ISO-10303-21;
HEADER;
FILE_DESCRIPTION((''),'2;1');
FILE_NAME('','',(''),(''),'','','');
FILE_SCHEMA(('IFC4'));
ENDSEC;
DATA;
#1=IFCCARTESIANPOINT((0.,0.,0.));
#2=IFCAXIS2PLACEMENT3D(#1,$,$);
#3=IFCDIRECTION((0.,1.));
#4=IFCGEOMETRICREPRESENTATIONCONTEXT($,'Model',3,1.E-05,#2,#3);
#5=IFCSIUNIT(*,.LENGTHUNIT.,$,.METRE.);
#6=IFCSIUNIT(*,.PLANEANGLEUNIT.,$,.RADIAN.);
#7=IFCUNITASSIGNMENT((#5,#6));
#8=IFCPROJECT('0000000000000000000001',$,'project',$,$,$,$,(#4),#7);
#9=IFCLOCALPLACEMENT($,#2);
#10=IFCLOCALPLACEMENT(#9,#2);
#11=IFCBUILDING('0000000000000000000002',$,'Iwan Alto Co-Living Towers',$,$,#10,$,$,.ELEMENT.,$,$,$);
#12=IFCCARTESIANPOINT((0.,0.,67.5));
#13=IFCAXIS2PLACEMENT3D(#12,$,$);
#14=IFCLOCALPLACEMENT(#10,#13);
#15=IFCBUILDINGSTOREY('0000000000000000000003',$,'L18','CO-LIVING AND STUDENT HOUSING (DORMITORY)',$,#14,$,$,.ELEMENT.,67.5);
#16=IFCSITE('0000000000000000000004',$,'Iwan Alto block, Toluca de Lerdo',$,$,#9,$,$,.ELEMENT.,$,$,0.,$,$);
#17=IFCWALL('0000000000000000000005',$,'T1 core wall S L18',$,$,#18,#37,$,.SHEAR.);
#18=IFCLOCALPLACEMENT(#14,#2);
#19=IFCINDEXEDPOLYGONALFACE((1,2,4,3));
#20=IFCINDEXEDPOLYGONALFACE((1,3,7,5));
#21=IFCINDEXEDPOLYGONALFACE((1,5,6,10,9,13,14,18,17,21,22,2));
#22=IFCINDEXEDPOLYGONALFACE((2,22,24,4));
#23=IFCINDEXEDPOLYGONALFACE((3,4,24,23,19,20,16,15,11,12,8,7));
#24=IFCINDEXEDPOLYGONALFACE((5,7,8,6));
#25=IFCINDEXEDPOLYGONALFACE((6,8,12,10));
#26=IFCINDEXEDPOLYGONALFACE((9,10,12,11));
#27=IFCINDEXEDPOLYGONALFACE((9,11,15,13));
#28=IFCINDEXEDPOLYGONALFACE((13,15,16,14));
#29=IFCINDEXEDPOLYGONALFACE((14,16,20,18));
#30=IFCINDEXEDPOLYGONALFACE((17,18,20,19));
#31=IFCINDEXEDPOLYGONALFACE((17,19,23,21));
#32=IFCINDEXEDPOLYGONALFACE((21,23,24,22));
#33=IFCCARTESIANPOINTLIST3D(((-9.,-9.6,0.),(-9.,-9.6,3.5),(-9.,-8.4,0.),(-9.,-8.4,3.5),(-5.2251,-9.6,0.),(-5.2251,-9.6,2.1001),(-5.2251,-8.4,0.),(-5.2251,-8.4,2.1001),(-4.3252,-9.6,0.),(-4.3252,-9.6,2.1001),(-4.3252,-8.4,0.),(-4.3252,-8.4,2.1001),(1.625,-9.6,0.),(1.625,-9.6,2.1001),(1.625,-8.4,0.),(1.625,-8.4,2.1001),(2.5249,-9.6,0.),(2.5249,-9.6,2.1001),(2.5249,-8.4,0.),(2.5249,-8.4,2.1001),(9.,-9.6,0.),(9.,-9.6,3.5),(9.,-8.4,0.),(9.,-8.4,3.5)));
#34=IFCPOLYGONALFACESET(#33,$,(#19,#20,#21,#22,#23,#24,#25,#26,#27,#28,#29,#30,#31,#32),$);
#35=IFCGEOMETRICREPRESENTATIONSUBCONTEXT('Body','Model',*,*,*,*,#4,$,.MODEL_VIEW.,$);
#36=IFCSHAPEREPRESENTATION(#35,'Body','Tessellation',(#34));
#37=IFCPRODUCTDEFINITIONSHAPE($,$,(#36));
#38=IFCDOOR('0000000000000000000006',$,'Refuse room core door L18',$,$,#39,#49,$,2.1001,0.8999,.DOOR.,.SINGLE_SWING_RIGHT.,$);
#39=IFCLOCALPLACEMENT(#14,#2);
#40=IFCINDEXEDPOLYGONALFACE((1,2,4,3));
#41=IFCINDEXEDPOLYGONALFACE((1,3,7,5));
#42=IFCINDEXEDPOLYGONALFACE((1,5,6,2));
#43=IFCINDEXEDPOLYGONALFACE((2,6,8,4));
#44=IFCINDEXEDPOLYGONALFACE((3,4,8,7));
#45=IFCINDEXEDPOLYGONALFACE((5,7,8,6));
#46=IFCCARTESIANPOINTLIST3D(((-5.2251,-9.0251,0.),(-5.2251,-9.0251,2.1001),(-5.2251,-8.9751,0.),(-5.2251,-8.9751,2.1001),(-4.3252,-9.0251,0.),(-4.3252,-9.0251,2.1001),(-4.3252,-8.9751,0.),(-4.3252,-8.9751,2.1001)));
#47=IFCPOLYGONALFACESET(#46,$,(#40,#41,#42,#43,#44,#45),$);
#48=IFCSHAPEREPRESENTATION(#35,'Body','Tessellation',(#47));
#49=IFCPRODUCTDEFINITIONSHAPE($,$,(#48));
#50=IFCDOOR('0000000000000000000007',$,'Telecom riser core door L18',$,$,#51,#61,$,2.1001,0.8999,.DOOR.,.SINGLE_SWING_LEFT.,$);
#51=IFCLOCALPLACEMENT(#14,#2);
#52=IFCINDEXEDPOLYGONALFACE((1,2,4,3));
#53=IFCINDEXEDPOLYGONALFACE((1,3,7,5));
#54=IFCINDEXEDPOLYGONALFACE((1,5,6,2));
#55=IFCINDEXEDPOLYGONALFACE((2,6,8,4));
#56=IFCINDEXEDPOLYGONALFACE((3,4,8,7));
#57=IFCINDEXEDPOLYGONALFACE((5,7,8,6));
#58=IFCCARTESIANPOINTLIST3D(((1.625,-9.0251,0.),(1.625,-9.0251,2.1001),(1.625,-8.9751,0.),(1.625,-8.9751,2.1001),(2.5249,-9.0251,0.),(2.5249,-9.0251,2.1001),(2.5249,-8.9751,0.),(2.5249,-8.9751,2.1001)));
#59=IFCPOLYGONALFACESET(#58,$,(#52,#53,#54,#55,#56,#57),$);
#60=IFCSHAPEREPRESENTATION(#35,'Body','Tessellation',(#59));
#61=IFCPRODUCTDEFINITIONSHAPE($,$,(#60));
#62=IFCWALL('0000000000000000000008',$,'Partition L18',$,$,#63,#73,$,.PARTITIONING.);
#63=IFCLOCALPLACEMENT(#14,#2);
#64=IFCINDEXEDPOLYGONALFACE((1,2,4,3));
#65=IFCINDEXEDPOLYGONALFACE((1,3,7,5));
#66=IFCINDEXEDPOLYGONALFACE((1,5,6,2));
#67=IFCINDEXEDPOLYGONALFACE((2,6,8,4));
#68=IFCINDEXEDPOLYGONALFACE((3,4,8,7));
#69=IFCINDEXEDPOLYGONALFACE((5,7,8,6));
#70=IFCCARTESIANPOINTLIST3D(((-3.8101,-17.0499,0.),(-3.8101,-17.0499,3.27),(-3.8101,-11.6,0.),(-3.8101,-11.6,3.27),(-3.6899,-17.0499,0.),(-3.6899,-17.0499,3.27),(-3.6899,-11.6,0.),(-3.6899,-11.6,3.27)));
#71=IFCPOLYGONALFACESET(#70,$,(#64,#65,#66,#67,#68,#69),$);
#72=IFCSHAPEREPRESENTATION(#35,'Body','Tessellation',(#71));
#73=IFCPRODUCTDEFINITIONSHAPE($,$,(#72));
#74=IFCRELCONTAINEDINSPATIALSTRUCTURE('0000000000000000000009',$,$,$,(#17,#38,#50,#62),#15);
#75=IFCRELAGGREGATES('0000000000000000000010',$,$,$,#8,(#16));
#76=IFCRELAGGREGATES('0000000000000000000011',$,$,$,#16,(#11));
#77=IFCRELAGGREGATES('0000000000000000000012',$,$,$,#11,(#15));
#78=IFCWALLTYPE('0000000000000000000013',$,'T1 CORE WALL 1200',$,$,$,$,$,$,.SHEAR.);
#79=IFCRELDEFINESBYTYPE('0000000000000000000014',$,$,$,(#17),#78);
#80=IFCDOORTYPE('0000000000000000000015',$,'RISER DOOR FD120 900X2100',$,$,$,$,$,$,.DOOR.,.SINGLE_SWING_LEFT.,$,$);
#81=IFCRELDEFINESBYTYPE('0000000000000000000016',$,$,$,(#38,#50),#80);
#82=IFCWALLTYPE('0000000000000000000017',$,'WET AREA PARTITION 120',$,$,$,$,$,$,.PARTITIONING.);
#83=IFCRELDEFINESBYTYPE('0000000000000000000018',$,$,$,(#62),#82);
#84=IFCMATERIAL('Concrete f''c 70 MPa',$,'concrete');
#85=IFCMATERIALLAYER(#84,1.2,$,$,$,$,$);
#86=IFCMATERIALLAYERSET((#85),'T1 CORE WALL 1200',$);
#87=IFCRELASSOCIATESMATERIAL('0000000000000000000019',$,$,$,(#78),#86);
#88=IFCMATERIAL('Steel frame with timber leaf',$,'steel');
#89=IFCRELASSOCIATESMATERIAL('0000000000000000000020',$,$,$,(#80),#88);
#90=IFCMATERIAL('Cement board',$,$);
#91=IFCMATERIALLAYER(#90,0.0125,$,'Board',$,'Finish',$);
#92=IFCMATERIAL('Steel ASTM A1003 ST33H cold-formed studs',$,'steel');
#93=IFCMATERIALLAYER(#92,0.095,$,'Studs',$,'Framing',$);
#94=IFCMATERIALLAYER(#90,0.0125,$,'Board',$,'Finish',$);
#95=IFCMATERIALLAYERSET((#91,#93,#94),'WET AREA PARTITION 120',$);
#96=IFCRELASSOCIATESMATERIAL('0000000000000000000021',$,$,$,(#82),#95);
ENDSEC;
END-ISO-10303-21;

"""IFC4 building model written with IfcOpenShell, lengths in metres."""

from ifc_helpers import new_model, si_unit, direction, frame, frame_2d, origin, place, context, subcontext, project, spatial, rectangle, extrude, material, layer, layer_set, type_object, element, fill, save


model = new_model("IFC4")

# Units and contexts
model_context = context("Model", 3, precision=1e-05, world=origin(), true_north=direction((0.0, 1.0)))
body_context = subcontext(model_context, "Body", "Model", "MODEL_VIEW")
ifc_project = project(units=[si_unit("LENGTHUNIT", "METRE"), si_unit("PLANEANGLEUNIT", "RADIAN")], contexts=[model_context])

# Site, building, storey
site_placement = place(None, origin())
site = spatial("IfcSite", under=ifc_project, at=site_placement, Name="Iwan Alto block, Toluca de Lerdo", CompositionType="ELEMENT", RefElevation=0.0)
building_placement = place(site_placement, origin())
building = spatial("IfcBuilding", under=site, at=building_placement, Name="Iwan Alto Co-Living Towers", CompositionType="ELEMENT")
storey_placement = place(building_placement, frame((0.0, 0.0, 67.5)))
storey = spatial("IfcBuildingStorey", under=building, at=storey_placement, Name="L18", Description="CO-LIVING AND STUDENT HOUSING (DORMITORY)", CompositionType="ELEMENT", Elevation=67.5)

# Shared definitions
ifc_material_1 = material(Name="Steel ASTM A1003 ST33H cold-formed studs", Category="steel")

# Wall, openings, doors
ifc_material_2 = material(Name="Concrete f'c 70 MPa", Category="concrete")
ifc_layer_1 = layer(ifc_material_2, 1.2)
ifc_layer_set_1 = layer_set([ifc_layer_1], Name="T1 CORE WALL 1200")
wall_type_1 = type_object("IfcWallType", Name="T1 CORE WALL 1200", PredefinedType="SHEAR", material=ifc_layer_set_1)
wall_1_placement = place(storey_placement, frame((-9.0, -9.0, 0.0), z_axis=(0.0, 0.0, 1.0), x_axis=(1.0, 0.0, 0.0)))
wall_1 = element("IfcWall", 1, at=wall_1_placement, inside=storey, type_object=wall_type_1, Name="T1 core wall S L18", PredefinedType="SHEAR", context=body_context, shape_type="SweptSolid", body=[
    extrude(rectangle(XDim=18.0, YDim=1.2, at=frame_2d((9.0, 0.0))), origin(), (0.0, 0.0, 1.0), 3.5),
])
opening_1_placement = place(wall_1_placement, frame((3.7749, 0.0, 0.0)))
opening_1 = element("IfcOpeningElement", 2, at=opening_1_placement, cuts=wall_1, PredefinedType="OPENING", context=body_context, shape_type="SweptSolid", body=[
    extrude(rectangle(XDim=0.8999, YDim=2.1001, at=frame_2d((0.45, 1.05))), frame((0.0, 0.6099, 0.0), z_axis=(0.0, -1.0, 0.0), x_axis=(1.0, 0.0, 0.0)), (0.0, 0.0, 1.0), 1.22),
])
opening_2_placement = place(wall_1_placement, frame((10.625, 0.0, 0.0)))
opening_2 = element("IfcOpeningElement", 3, at=opening_2_placement, cuts=wall_1, PredefinedType="OPENING", context=body_context, shape_type="SweptSolid", body=[
    extrude(rectangle(XDim=0.8999, YDim=2.1001, at=frame_2d((0.45, 1.05))), frame((0.0, 0.6099, 0.0), z_axis=(0.0, -1.0, 0.0), x_axis=(1.0, 0.0, 0.0)), (0.0, 0.0, 1.0), 1.22),
])
ifc_material_3 = material(Name="Steel frame with timber leaf", Category="steel")
door_type_1 = type_object("IfcDoorType", Name="RISER DOOR FD120 900X2100", OperationType="SINGLE_SWING_LEFT", PredefinedType="DOOR", material=ifc_material_3)
door_1_placement = place(opening_1_placement, origin())
door_1 = element("IfcDoor", 4, at=door_1_placement, inside=storey, type_object=door_type_1, Name="Refuse room core door L18", OperationType="SINGLE_SWING_RIGHT", OverallHeight=2.1001, OverallWidth=0.8999, PredefinedType="DOOR", context=body_context, shape_type="SweptSolid", body=[
    extrude(rectangle(XDim=0.8999, YDim=2.1001, at=frame_2d((0.45, 1.05))), frame((0.0, 0.0249, 0.0), z_axis=(0.0, -1.0, 0.0), x_axis=(1.0, 0.0, 0.0)), (0.0, 0.0, 1.0), 0.05),
])
fill(opening_1, door_1)
door_2_placement = place(opening_2_placement, origin())
door_2 = element("IfcDoor", 5, at=door_2_placement, inside=storey, type_object=door_type_1, Name="Telecom riser core door L18", OperationType="SINGLE_SWING_LEFT", OverallHeight=2.1001, OverallWidth=0.8999, PredefinedType="DOOR", context=body_context, shape_type="SweptSolid", body=[
    extrude(rectangle(XDim=0.8999, YDim=2.1001, at=frame_2d((0.45, 1.05))), frame((0.0, 0.0249, 0.0), z_axis=(0.0, -1.0, 0.0), x_axis=(1.0, 0.0, 0.0)), (0.0, 0.0, 1.0), 0.05),
])
fill(opening_2, door_2)

# Wall
ifc_material_4 = material(Name="Cement board")
ifc_layer_2 = layer(ifc_material_4, 0.0125, Name="Board", Category="Finish")
ifc_layer_3 = layer(ifc_material_1, 0.095, Name="Studs", Category="Framing")
ifc_layer_4 = layer(ifc_material_4, 0.0125, Name="Board", Category="Finish")
ifc_layer_set_2 = layer_set([ifc_layer_2, ifc_layer_3, ifc_layer_4], Name="WET AREA PARTITION 120")
wall_type_2 = type_object("IfcWallType", Name="WET AREA PARTITION 120", PredefinedType="PARTITIONING", material=ifc_layer_set_2)
wall_2_placement = place(storey_placement, frame((-3.75, -17.05, 0.0), z_axis=(0.0, 0.0, 1.0), x_axis=(0.0, 1.0, 0.0)))
element("IfcWall", 6, at=wall_2_placement, inside=storey, type_object=wall_type_2, Name="Partition L18", PredefinedType="PARTITIONING", context=body_context, shape_type="SweptSolid", body=[
    extrude(rectangle(XDim=5.45, YDim=0.1201, at=frame_2d((2.7251, 0.0))), origin(), (0.0, 0.0, 1.0), 3.27),
])

save(model, "model.ifc")
